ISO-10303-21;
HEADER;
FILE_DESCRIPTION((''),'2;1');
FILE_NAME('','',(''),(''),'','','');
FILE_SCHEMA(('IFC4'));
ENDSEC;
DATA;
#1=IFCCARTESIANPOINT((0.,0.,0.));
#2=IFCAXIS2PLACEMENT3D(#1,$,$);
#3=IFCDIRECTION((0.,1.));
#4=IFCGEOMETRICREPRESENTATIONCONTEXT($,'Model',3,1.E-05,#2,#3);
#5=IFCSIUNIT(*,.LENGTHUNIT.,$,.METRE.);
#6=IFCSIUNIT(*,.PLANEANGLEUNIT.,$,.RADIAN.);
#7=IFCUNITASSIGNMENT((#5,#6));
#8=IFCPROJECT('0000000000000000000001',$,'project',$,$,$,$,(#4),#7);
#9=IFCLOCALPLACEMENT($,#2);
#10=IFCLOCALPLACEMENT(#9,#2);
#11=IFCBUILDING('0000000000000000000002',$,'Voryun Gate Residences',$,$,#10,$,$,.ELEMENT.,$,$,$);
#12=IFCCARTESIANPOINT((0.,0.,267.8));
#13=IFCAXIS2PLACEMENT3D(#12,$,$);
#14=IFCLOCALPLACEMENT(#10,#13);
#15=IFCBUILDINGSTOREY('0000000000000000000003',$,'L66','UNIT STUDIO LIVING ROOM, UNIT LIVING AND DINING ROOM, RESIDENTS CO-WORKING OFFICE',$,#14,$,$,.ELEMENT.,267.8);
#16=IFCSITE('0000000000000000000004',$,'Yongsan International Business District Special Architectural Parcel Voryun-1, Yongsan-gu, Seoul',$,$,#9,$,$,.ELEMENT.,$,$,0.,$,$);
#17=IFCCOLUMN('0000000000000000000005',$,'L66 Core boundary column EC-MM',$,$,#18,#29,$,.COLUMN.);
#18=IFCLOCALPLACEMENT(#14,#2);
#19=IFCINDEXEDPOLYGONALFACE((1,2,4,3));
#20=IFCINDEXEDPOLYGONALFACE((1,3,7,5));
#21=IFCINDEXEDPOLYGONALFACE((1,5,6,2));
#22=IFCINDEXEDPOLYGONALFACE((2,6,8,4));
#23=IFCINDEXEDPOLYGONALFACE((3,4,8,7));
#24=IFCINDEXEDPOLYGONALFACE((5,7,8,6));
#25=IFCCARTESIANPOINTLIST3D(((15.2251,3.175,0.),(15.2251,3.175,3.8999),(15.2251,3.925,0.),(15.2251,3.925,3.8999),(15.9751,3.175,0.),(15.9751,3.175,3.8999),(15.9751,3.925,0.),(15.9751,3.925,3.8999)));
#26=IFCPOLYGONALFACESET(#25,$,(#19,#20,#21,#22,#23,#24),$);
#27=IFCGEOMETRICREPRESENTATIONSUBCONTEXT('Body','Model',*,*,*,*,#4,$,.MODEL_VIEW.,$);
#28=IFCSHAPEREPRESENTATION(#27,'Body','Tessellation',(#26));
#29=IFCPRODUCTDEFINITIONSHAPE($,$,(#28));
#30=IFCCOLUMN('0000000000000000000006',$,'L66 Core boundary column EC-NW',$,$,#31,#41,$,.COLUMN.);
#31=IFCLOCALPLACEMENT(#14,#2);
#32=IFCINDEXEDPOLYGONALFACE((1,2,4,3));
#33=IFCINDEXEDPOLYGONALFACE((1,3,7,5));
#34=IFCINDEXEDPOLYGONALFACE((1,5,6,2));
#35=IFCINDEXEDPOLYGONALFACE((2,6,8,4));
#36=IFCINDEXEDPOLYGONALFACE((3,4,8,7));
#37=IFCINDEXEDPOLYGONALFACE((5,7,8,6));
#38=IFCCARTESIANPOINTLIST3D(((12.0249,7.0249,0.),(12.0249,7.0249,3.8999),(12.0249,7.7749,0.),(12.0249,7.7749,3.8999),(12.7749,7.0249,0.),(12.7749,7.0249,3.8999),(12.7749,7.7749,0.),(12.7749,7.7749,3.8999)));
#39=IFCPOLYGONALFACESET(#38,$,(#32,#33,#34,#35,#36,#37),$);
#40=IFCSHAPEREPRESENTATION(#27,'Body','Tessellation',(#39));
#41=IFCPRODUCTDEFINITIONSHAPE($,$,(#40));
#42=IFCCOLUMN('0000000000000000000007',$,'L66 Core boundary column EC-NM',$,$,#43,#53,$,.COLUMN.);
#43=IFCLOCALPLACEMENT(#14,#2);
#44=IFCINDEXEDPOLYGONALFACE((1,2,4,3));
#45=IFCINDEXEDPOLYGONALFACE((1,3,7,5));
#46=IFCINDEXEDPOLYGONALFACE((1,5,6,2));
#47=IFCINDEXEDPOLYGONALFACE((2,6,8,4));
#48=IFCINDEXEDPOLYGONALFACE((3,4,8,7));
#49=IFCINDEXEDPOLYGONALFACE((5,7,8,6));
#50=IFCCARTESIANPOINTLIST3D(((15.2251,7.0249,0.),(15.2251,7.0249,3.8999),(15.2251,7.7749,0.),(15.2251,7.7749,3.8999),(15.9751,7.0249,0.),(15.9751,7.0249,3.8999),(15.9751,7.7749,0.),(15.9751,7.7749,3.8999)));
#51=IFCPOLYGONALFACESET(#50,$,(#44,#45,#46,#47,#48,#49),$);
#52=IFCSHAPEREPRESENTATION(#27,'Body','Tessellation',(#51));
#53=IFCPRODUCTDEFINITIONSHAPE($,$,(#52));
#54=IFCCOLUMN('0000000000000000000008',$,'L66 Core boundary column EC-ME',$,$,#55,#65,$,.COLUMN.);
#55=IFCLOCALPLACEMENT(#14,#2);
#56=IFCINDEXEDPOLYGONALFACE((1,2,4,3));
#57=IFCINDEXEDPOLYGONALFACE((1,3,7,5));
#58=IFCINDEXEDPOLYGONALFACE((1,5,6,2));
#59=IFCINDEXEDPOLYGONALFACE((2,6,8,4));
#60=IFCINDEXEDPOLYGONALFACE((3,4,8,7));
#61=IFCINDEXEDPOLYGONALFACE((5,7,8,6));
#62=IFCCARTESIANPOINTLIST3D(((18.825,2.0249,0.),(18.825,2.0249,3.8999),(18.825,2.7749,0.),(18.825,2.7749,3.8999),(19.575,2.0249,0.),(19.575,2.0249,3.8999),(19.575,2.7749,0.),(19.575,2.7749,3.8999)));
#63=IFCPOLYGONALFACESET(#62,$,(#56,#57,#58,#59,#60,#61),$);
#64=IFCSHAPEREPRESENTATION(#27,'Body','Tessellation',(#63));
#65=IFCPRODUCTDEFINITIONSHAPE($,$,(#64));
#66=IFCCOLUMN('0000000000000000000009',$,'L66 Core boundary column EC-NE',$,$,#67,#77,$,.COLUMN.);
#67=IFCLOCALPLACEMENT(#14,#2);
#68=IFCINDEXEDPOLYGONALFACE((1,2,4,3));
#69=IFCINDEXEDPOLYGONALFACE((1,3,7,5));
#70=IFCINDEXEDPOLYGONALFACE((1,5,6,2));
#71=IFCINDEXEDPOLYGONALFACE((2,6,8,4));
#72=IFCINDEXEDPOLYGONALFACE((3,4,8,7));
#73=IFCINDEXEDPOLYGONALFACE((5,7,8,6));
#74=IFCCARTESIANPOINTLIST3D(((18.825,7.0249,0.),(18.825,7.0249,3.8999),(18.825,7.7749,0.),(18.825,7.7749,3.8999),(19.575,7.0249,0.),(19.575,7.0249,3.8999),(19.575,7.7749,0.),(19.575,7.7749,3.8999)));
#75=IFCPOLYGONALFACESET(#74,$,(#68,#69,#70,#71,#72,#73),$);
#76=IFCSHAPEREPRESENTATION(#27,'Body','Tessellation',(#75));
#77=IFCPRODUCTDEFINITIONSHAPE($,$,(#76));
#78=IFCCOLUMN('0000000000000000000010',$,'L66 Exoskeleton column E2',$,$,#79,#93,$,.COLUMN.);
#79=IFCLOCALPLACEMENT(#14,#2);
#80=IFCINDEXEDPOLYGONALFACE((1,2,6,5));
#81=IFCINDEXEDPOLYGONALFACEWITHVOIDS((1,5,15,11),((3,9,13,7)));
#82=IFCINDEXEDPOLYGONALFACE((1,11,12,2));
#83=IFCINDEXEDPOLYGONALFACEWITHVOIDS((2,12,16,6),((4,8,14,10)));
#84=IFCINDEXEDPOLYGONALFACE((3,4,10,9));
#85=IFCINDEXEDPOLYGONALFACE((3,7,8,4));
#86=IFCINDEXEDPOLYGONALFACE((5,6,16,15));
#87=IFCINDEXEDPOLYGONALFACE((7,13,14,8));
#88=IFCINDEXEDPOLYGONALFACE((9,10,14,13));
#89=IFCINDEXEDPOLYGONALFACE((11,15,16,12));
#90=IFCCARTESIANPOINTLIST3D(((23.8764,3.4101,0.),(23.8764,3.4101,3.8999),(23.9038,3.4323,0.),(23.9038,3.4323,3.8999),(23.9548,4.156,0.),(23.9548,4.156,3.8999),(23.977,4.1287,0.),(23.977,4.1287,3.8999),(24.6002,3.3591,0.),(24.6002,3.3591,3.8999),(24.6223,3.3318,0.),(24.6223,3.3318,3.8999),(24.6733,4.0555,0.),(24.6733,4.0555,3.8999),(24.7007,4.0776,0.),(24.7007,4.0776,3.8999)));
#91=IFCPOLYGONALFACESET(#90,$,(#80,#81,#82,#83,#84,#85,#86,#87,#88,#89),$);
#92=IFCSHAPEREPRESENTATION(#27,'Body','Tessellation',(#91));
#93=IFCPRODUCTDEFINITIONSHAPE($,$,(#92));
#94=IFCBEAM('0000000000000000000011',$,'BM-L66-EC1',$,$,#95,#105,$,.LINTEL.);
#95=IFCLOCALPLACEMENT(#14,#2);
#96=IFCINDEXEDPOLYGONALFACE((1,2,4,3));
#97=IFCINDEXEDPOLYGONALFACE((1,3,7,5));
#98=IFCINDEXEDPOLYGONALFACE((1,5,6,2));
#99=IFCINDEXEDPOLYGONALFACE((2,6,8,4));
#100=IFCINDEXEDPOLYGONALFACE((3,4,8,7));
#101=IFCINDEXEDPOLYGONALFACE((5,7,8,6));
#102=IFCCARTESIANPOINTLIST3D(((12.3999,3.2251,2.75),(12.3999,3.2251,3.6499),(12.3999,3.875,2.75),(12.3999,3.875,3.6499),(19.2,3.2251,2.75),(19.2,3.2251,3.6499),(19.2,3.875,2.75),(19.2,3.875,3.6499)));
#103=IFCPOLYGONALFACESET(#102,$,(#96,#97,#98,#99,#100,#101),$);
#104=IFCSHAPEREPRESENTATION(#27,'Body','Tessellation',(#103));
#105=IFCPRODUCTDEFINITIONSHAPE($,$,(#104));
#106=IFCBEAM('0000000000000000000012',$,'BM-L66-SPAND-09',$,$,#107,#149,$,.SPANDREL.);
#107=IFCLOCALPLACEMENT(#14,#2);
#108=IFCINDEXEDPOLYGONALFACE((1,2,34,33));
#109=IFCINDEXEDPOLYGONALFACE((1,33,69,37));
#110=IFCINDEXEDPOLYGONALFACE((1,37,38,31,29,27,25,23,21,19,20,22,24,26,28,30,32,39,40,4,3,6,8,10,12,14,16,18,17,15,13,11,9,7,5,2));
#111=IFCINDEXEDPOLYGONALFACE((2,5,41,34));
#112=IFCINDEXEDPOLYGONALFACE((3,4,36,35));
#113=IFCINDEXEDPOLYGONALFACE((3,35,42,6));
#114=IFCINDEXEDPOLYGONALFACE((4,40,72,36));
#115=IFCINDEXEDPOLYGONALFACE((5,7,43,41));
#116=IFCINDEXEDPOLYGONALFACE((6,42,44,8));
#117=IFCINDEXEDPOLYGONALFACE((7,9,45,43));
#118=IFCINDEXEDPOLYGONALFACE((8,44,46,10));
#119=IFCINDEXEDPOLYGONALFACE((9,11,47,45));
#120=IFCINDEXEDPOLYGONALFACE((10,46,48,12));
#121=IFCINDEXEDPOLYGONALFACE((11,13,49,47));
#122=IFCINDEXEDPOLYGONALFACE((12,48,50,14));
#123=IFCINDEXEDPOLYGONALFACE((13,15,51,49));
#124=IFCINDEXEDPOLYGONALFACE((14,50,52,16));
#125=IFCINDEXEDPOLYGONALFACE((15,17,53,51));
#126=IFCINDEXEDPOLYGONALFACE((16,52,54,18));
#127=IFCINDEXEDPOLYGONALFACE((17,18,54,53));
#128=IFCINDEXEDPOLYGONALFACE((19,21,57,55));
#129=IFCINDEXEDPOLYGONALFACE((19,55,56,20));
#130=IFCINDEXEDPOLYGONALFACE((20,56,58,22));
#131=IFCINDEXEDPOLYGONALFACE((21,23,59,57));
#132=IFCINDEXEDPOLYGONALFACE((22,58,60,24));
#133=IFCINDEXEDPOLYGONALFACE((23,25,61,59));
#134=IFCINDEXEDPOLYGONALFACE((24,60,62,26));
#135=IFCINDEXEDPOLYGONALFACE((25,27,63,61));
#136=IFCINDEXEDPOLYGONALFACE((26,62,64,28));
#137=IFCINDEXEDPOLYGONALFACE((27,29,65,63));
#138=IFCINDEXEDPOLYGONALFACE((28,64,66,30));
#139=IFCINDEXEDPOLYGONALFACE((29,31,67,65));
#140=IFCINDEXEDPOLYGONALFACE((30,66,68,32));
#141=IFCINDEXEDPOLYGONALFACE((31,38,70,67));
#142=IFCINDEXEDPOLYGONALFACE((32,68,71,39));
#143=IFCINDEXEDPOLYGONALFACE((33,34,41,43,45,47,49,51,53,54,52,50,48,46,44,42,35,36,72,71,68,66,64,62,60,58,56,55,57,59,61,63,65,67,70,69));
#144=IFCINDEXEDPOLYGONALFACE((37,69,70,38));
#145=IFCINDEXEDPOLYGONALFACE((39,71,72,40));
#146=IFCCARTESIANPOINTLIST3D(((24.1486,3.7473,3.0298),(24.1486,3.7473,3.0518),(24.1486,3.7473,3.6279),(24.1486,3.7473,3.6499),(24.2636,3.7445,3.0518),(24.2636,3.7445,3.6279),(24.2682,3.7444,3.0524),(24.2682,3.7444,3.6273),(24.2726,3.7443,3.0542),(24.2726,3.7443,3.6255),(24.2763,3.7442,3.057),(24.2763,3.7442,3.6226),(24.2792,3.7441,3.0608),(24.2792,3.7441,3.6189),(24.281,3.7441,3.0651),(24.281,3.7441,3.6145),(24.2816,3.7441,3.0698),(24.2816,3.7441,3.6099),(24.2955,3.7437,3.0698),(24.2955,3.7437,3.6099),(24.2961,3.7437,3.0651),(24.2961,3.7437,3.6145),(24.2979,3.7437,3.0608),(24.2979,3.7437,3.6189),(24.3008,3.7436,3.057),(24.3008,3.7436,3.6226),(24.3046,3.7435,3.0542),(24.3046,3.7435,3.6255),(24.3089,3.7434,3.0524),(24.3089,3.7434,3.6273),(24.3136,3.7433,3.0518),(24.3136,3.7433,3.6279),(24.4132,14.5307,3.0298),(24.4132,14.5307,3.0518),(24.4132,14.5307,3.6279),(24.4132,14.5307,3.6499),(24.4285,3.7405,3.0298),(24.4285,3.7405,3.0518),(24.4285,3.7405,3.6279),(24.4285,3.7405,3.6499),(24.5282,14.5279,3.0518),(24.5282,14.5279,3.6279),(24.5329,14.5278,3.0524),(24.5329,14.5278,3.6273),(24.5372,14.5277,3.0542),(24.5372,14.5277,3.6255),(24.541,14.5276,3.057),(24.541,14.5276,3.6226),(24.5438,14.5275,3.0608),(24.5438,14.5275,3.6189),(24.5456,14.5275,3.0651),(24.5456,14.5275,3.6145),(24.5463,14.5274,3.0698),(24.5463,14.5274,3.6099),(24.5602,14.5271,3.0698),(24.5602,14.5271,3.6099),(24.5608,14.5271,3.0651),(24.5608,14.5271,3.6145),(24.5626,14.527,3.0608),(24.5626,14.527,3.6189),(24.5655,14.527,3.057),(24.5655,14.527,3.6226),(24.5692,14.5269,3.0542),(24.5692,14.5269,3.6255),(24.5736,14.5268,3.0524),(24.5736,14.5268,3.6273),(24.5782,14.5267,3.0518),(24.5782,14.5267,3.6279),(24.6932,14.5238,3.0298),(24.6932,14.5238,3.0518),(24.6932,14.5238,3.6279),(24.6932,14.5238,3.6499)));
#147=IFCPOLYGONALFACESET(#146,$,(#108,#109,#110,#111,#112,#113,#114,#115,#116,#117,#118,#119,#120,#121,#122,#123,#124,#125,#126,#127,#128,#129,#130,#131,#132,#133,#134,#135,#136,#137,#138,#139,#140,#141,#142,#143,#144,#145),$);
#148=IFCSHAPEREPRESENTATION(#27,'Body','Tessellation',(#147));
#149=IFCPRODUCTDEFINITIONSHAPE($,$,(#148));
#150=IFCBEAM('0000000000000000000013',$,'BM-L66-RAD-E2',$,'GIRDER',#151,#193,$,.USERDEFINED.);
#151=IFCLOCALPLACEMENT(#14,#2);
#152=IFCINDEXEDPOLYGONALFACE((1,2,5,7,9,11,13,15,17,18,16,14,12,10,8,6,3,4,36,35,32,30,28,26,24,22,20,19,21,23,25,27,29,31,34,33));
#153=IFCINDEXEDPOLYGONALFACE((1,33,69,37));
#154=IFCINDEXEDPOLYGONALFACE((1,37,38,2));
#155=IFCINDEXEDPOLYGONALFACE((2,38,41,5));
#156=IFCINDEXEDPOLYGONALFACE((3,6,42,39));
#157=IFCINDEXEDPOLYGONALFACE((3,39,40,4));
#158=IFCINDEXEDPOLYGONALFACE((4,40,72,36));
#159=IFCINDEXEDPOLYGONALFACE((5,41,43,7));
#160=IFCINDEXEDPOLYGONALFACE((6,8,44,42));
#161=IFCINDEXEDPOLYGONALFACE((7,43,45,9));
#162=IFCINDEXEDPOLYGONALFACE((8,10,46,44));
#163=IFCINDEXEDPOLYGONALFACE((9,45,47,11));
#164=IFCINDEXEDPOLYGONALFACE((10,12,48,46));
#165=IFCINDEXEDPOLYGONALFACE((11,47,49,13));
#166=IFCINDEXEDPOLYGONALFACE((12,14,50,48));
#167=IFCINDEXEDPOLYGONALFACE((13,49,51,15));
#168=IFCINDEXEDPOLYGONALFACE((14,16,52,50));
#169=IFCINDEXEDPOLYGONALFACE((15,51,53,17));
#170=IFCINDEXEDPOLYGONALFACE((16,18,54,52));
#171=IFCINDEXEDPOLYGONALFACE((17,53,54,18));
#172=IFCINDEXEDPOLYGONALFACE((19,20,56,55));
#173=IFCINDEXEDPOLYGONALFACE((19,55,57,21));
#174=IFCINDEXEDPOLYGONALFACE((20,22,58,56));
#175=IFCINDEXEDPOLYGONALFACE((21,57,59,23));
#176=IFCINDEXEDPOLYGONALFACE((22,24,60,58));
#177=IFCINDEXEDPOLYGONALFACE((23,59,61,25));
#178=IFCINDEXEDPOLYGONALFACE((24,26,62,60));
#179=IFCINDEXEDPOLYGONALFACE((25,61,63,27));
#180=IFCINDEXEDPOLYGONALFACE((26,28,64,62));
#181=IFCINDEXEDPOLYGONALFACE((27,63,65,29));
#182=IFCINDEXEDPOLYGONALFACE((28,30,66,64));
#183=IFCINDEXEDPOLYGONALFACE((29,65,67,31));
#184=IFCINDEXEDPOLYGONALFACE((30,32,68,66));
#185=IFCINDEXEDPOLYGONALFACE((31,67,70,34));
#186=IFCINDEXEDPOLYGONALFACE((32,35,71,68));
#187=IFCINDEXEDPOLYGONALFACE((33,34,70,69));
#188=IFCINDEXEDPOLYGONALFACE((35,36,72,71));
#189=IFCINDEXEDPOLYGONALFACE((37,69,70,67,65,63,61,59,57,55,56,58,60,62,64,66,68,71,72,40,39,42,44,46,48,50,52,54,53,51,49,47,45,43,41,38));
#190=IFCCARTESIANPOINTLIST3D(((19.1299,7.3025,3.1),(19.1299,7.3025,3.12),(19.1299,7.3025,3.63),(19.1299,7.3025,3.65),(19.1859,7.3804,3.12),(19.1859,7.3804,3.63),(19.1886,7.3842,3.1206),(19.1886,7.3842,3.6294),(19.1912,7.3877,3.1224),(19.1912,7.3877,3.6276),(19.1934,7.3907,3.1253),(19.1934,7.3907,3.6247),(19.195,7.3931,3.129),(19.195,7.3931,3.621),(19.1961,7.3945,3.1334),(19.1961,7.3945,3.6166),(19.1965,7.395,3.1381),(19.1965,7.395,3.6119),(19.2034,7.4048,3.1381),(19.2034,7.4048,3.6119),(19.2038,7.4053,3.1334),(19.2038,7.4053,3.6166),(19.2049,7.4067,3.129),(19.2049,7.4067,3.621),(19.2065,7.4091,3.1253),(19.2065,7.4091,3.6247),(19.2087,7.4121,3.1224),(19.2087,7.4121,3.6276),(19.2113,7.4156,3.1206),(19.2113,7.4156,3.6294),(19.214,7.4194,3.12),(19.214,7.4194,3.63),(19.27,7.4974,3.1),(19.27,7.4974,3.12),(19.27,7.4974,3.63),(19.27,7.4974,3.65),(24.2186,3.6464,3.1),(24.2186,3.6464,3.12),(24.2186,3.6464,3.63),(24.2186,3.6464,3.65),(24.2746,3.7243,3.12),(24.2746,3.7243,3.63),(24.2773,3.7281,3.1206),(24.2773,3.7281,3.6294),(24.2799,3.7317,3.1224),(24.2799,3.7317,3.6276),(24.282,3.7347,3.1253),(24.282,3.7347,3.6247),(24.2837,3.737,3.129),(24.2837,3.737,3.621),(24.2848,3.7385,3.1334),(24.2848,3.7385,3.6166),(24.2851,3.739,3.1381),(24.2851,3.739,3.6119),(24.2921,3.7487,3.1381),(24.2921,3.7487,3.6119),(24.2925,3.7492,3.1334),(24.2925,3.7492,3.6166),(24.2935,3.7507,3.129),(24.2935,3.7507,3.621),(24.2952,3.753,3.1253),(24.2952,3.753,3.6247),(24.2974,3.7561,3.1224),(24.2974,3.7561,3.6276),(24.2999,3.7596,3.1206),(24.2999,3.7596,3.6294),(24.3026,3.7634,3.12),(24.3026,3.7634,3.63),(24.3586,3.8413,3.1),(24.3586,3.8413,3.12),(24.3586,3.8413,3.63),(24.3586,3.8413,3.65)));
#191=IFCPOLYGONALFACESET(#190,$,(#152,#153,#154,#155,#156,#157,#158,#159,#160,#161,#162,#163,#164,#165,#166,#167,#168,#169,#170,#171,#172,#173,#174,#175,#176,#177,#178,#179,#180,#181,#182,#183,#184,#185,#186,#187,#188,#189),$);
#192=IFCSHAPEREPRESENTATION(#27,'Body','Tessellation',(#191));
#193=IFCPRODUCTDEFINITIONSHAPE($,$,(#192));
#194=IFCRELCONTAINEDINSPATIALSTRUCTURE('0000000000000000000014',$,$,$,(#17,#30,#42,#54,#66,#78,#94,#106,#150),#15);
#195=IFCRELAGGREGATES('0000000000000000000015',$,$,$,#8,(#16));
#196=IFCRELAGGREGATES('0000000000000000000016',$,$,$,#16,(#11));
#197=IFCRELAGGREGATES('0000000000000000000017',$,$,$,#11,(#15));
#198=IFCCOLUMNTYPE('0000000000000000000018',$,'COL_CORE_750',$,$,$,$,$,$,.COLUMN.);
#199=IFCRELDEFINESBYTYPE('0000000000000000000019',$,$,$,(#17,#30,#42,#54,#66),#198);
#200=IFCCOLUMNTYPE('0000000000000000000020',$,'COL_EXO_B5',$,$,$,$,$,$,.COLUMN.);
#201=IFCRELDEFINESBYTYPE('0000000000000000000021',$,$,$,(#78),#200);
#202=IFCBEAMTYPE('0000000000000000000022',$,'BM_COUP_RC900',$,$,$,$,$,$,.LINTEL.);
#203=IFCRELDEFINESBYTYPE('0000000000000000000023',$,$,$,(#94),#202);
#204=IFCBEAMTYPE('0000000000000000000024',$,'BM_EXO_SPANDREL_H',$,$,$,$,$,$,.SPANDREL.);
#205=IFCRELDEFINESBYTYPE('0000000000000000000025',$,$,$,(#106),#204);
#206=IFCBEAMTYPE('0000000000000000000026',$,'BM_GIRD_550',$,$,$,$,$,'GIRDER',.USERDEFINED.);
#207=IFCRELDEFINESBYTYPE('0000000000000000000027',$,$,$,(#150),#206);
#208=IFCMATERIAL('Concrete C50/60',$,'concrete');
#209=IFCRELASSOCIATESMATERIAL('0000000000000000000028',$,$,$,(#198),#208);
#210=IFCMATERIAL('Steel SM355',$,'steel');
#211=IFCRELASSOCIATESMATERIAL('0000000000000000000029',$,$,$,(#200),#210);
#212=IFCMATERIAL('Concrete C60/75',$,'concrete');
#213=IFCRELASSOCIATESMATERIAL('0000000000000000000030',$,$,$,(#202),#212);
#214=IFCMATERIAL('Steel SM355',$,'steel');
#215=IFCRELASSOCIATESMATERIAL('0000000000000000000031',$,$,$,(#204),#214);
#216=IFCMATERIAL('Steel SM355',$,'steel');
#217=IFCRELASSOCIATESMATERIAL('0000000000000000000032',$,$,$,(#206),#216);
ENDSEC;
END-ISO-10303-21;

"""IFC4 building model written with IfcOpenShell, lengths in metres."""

from ifc_helpers import new_model, si_unit, direction, frame, origin, origin_2d, place, context, subcontext, project, spatial, rectangle, hollow_rectangle, i_section, extrude, material, material_profile, profile_set, type_object, element, save


model = new_model("IFC4")

# Units and contexts
model_context = context("Model", 3, precision=1e-05, world=origin(), true_north=direction((0.0, 1.0)))
body_context = subcontext(model_context, "Body", "Model", "MODEL_VIEW")
ifc_project = project(units=[si_unit("LENGTHUNIT", "METRE"), si_unit("PLANEANGLEUNIT", "RADIAN")], contexts=[model_context])

# Site, building, storey
site_placement = place(None, origin())
site = spatial("IfcSite", under=ifc_project, at=site_placement, Name="Yongsan International Business District Special Architectural Parcel Voryun-1, Yongsan-gu, Seoul", CompositionType="ELEMENT", RefElevation=0.0)
building_placement = place(site_placement, origin())
building = spatial("IfcBuilding", under=site, at=building_placement, Name="Voryun Gate Residences", CompositionType="ELEMENT")
storey_placement = place(building_placement, frame((0.0, 0.0, 267.8)))
storey = spatial("IfcBuildingStorey", under=building, at=storey_placement, Name="L66", Description="UNIT STUDIO LIVING ROOM, UNIT LIVING AND DINING ROOM, RESIDENTS CO-WORKING OFFICE", CompositionType="ELEMENT", Elevation=267.8)

# Columns
ifc_material_1 = material(Name="Concrete C50/60", Category="concrete")
ifc_material_profile_1 = material_profile(ifc_material_1, rectangle(XDim=0.75, YDim=0.75, at=origin_2d()), Name="RC-750x750")
ifc_profile_set_1 = profile_set([ifc_material_profile_1], Name="Concrete C50/60")
column_type_1 = type_object("IfcColumnType", Name="COL_CORE_750", PredefinedType="COLUMN", material=ifc_profile_set_1)
for number, where, z_axis, x_axis, name in (
    (1, (15.6001, 3.55, 0.0), (0.0, 0.0, 1.0), (1.0, 0.0, 0.0), "L66 Core boundary column EC-MM"),
    (2, (12.3999, 7.3999, 0.0), (0.0, 0.0, 1.0), (1.0, 0.0, 0.0), "L66 Core boundary column EC-NW"),
    (3, (15.6001, 7.3999, 0.0), (0.0, 0.0, 1.0), (1.0, 0.0, 0.0), "L66 Core boundary column EC-NM"),
    (4, (19.2, 2.3999, 0.0), (0.0, 0.0, 1.0), (1.0, 0.0, 0.0), "L66 Core boundary column EC-ME"),
    (5, (19.2, 7.3999, 0.0), (0.0, 0.0, 1.0), (1.0, 0.0, 0.0), "L66 Core boundary column EC-NE"),
):
    element("IfcColumn", number, at=place(storey_placement, frame(where, z_axis=z_axis, x_axis=x_axis)), inside=storey, type_object=column_type_1, Name=name, PredefinedType="COLUMN", context=body_context, shape_type="SweptSolid", body=[
        extrude(rectangle(XDim=0.75, YDim=0.75, at=origin_2d()), origin(), (0.0, 0.0, 1.0), 3.8999),
    ])
ifc_material_2 = material(Name="Steel SM355", Category="steel")
ifc_material_profile_2 = material_profile(ifc_material_2, hollow_rectangle(XDim=0.75, YDim=0.75, WallThickness=0.0249, at=origin_2d()), Name="BOX-750x750x25")
ifc_profile_set_2 = profile_set([ifc_material_profile_2], Name="Steel SM355")
column_type_2 = type_object("IfcColumnType", Name="COL_EXO_B5", PredefinedType="COLUMN", material=ifc_profile_set_2)
column_placement = place(storey_placement, frame((24.2886, 3.7439, 0.0), z_axis=(0.0, 0.0, 1.0), x_axis=(0.994522, -0.104528, 0.0)))
element("IfcColumn", 6, at=column_placement, inside=storey, type_object=column_type_2, Name="L66 Exoskeleton column E2", PredefinedType="COLUMN", context=body_context, shape_type="SweptSolid", body=[
    extrude(hollow_rectangle(XDim=0.75, YDim=0.75, WallThickness=0.0249, at=origin_2d()), origin(), (0.0, 0.0, 1.0), 3.8999),
])

# Beams
ifc_material_3 = material(Name="Concrete C60/75", Category="concrete")
ifc_material_profile_3 = material_profile(ifc_material_3, rectangle(XDim=0.6499, YDim=0.8999, at=origin_2d()), Name="RC-650x900")
ifc_profile_set_3 = profile_set([ifc_material_profile_3], Name="Concrete C60/75")
beam_type_1 = type_object("IfcBeamType", Name="BM_COUP_RC900", PredefinedType="LINTEL", material=ifc_profile_set_3)
beam_1_placement = place(storey_placement, frame((12.3999, 3.55, 3.2), z_axis=(1.0, 0.0, 0.0), x_axis=(0.0, 1.0, 0.0)))
element("IfcBeam", 7, at=beam_1_placement, inside=storey, type_object=beam_type_1, Name="BM-L66-EC1", PredefinedType="LINTEL", context=body_context, shape_type="SweptSolid", body=[
    extrude(rectangle(XDim=0.6499, YDim=0.8999, at=origin_2d()), origin(), (0.0, 0.0, 1.0), 6.8),
])
ifc_material_4 = material(Name="Steel SM355", Category="steel")
ifc_material_profile_4 = material_profile(ifc_material_4, i_section(OverallWidth=0.28, OverallDepth=0.6201, WebThickness=0.0139, FlangeThickness=0.022, FilletRadius=0.0181, at=origin_2d()), Name="H-620x280x14x22")
ifc_profile_set_4 = profile_set([ifc_material_profile_4], Name="Steel SM355")
beam_type_2 = type_object("IfcBeamType", Name="BM_EXO_SPANDREL_H", PredefinedType="SPANDREL", material=ifc_profile_set_4)
beam_2_placement = place(storey_placement, frame((24.2886, 3.7439, 3.3398), z_axis=(0.024535, 0.999699, 0.0), x_axis=(-0.999699, 0.024535, 0.0)))
element("IfcBeam", 8, at=beam_2_placement, inside=storey, type_object=beam_type_2, Name="BM-L66-SPAND-09", PredefinedType="SPANDREL", context=body_context, shape_type="SweptSolid", body=[
    extrude(i_section(OverallWidth=0.28, OverallDepth=0.6201, WebThickness=0.0139, FlangeThickness=0.022, FilletRadius=0.0181, at=origin_2d()), origin(), (0.0, 0.0, 1.0), 10.7866),
])
ifc_material_5 = material(Name="Steel SM355", Category="steel")
ifc_material_profile_5 = material_profile(ifc_material_5, i_section(OverallWidth=0.24, OverallDepth=0.55, WebThickness=0.012, FlangeThickness=0.02, FilletRadius=0.0181, at=origin_2d()), Name="H-550x240x12x20")
ifc_profile_set_5 = profile_set([ifc_material_profile_5], Name="Steel SM355")
beam_type_3 = type_object("IfcBeamType", Name="BM_GIRD_550", ElementType="GIRDER", PredefinedType="USERDEFINED", material=ifc_profile_set_5)
beam_3_placement = place(storey_placement, frame((19.2, 7.3999, 3.375), z_axis=(0.812124, -0.583484, 0.0), x_axis=(0.583484, 0.812124, 0.0)))
element("IfcBeam", 9, at=beam_3_placement, inside=storey, type_object=beam_type_3, Name="BM-L66-RAD-E2", ObjectType="GIRDER", PredefinedType="USERDEFINED", context=body_context, shape_type="SweptSolid", body=[
    extrude(i_section(OverallWidth=0.24, OverallDepth=0.55, WebThickness=0.012, FlangeThickness=0.02, FilletRadius=0.0181, at=origin_2d()), origin(), (0.0, 0.0, 1.0), 6.2659),
])

save(model, "model.ifc")
